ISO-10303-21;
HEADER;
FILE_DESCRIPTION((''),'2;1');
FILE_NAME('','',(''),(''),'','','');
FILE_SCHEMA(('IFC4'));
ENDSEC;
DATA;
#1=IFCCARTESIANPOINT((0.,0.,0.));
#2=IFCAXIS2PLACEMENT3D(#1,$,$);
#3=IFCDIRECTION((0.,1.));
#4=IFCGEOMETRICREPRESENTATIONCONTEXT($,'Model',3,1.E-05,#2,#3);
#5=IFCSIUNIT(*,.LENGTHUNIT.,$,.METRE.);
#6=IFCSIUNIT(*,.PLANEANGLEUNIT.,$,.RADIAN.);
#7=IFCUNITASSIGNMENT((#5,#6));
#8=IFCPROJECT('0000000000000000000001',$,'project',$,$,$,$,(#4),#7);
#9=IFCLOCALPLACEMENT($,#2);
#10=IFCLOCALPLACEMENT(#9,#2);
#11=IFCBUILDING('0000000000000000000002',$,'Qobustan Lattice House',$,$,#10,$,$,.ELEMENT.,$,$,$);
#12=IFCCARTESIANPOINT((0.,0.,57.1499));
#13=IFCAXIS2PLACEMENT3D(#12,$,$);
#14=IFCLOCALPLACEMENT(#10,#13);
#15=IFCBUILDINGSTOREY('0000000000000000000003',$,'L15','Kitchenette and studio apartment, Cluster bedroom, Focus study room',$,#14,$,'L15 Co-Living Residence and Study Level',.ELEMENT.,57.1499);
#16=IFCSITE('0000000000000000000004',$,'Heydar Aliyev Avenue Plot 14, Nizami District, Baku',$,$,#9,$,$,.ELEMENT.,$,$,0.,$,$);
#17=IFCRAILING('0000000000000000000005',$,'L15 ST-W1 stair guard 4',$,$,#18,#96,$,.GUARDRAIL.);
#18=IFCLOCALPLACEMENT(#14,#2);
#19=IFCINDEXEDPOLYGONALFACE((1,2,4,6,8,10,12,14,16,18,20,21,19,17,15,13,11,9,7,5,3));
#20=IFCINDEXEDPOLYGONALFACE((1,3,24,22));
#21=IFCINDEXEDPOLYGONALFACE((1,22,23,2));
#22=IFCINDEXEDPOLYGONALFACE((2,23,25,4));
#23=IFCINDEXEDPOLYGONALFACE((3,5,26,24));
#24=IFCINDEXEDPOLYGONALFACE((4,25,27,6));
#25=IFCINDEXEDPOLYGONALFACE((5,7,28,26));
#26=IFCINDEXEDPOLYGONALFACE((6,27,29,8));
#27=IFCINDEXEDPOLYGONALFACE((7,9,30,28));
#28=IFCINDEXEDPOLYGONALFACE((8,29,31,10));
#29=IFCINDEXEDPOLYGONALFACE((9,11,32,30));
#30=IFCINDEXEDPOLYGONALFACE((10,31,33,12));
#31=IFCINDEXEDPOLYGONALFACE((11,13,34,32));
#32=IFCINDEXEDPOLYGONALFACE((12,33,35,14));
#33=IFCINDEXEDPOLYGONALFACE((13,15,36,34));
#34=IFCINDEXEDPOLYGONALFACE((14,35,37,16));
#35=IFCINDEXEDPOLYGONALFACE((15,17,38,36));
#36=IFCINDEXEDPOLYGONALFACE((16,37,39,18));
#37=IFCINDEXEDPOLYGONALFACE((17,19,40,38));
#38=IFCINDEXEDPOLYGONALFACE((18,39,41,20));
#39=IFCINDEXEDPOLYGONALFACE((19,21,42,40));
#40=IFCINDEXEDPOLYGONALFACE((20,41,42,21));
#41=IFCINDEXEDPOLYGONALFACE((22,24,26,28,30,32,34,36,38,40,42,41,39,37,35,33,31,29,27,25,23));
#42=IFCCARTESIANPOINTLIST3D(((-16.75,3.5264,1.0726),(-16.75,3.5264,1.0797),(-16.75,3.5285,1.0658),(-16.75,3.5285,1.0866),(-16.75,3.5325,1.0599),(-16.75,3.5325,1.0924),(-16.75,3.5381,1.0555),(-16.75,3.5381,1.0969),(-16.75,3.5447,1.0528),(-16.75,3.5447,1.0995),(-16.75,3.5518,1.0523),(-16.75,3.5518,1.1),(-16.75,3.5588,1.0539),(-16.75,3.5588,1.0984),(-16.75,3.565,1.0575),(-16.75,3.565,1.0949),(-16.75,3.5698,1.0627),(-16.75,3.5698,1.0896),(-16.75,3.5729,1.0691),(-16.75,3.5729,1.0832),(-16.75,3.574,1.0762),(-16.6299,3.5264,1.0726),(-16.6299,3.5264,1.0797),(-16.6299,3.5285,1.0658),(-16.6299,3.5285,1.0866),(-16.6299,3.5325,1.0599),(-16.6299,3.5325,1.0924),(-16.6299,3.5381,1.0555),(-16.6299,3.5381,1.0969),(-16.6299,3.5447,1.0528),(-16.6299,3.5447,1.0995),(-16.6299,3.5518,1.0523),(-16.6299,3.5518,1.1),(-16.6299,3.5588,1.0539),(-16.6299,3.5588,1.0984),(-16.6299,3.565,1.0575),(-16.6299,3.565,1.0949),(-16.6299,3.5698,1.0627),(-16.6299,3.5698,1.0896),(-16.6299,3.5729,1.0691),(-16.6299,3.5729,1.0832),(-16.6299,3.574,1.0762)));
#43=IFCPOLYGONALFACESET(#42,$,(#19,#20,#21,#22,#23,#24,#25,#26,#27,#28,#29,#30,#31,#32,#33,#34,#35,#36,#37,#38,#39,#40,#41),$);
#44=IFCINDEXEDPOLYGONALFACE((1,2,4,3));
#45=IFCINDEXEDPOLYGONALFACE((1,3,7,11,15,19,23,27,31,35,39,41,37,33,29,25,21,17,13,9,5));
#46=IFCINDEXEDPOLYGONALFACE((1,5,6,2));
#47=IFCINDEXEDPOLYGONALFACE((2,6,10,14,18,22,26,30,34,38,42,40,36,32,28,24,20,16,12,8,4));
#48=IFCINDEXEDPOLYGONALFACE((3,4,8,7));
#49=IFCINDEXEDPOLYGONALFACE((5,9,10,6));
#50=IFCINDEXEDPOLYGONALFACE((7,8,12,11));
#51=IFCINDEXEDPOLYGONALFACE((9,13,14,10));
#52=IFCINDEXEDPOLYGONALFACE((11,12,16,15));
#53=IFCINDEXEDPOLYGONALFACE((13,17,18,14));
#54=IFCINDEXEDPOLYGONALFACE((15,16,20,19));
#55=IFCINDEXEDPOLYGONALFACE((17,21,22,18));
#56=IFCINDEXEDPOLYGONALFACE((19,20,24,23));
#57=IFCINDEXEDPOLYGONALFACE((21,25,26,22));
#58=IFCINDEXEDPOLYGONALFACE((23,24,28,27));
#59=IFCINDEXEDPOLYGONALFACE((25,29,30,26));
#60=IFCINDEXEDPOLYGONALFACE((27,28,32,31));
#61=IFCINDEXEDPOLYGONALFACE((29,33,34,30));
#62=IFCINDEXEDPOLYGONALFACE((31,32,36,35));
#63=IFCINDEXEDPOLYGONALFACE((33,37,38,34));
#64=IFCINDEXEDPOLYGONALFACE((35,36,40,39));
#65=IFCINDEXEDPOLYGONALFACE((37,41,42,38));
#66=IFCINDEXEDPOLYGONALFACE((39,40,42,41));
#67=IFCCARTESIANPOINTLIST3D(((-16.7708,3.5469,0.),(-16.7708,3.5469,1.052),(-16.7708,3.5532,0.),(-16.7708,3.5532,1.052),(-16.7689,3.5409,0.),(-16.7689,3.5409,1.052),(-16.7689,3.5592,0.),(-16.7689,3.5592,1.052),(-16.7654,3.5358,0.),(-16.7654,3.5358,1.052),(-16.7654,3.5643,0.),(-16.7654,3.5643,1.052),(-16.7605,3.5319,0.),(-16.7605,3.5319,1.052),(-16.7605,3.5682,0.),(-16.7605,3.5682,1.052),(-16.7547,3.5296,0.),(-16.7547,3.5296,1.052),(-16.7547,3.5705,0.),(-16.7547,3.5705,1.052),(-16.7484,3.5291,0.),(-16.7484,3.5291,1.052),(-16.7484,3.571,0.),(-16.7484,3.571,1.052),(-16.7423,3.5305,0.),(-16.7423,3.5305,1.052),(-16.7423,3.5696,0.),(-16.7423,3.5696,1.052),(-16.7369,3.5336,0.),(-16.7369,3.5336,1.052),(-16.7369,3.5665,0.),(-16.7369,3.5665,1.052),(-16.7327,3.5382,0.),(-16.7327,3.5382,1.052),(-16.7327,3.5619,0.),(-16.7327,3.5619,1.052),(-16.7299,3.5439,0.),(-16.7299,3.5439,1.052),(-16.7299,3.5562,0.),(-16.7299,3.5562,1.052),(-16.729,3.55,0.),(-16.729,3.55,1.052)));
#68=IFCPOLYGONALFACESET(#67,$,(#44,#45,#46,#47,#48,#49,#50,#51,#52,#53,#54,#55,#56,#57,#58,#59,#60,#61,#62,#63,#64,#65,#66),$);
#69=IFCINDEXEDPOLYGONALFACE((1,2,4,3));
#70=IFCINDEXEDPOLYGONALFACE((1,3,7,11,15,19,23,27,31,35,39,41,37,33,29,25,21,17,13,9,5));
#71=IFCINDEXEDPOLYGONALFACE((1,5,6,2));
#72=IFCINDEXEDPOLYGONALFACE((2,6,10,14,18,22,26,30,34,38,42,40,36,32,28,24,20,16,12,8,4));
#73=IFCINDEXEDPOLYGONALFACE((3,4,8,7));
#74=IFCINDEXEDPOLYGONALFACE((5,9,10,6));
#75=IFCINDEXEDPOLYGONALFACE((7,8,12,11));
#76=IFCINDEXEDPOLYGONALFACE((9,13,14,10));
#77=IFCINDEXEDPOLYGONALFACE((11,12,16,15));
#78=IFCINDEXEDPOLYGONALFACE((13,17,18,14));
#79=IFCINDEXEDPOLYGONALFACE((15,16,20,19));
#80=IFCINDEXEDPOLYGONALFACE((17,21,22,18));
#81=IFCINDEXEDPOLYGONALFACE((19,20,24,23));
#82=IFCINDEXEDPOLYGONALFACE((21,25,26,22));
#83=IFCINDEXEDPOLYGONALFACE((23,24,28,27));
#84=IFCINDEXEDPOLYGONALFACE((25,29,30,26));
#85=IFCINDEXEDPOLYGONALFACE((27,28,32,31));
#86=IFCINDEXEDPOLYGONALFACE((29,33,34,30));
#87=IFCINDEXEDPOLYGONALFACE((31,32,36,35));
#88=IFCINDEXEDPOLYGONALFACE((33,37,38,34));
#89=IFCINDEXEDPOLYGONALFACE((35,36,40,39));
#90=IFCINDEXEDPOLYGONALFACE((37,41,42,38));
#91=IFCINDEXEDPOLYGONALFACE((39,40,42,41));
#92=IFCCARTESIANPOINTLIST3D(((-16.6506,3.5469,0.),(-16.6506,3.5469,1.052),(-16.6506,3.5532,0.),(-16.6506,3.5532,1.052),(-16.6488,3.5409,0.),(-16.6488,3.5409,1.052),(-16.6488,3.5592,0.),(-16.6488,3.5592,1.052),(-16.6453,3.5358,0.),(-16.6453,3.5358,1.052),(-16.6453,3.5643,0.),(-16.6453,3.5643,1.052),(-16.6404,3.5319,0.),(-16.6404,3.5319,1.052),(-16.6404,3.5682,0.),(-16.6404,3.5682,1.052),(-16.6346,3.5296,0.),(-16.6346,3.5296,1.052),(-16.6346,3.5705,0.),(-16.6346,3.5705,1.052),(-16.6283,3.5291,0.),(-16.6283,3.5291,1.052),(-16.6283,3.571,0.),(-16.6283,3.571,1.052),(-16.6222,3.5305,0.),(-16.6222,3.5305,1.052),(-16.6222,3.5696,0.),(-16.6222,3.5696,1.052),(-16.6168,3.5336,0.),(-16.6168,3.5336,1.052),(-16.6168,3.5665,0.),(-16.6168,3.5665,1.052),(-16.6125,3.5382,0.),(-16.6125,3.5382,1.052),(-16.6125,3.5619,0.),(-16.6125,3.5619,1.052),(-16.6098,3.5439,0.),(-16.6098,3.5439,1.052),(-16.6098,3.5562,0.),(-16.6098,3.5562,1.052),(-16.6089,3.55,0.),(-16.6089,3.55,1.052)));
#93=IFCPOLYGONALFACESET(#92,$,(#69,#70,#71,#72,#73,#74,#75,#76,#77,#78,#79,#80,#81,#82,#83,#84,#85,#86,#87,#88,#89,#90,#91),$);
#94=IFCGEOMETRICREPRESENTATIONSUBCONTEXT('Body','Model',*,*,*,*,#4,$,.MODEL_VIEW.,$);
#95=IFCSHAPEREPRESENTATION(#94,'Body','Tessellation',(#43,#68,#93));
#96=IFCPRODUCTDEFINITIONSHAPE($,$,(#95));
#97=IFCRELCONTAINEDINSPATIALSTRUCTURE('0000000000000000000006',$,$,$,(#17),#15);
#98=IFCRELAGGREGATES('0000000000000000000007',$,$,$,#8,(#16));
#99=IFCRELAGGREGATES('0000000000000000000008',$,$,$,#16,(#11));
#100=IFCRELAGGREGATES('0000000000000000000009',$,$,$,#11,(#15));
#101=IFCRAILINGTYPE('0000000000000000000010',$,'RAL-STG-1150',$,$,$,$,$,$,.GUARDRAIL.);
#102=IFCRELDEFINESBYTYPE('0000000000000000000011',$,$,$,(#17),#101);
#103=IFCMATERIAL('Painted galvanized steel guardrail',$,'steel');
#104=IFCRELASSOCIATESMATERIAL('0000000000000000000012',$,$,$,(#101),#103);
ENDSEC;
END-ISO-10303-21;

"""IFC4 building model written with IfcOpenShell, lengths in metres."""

from ifc_helpers import new_model, si_unit, direction, frame, origin, origin_2d, place, context, subcontext, project, spatial, circle, extrude, material, type_object, element, save


model = new_model("IFC4")

# Units and contexts
model_context = context("Model", 3, precision=1e-05, world=origin(), true_north=direction((0.0, 1.0)))
body_context = subcontext(model_context, "Body", "Model", "MODEL_VIEW")
ifc_project = project(units=[si_unit("LENGTHUNIT", "METRE"), si_unit("PLANEANGLEUNIT", "RADIAN")], contexts=[model_context])

# Site, building, storey
site_placement = place(None, origin())
site = spatial("IfcSite", under=ifc_project, at=site_placement, Name="Heydar Aliyev Avenue Plot 14, Nizami District, Baku", CompositionType="ELEMENT", RefElevation=0.0)
building_placement = place(site_placement, origin())
building = spatial("IfcBuilding", under=site, at=building_placement, Name="Qobustan Lattice House", CompositionType="ELEMENT")
storey_placement = place(building_placement, frame((0.0, 0.0, 57.1499)))
storey = spatial("IfcBuildingStorey", under=building, at=storey_placement, Name="L15", Description="Kitchenette and studio apartment, Cluster bedroom, Focus study room", LongName="L15 Co-Living Residence and Study Level", CompositionType="ELEMENT", Elevation=57.1499)

# Railing
ifc_material_1 = material(Name="Painted galvanized steel guardrail", Category="steel")
railing_type_1 = type_object("IfcRailingType", Name="RAL-STG-1150", PredefinedType="GUARDRAIL", material=ifc_material_1)
railing_1_placement = place(storey_placement, frame((-16.75, 3.55, 0.0)))
element("IfcRailing", 1, at=railing_1_placement, inside=storey, type_object=railing_type_1, Name="L15 ST-W1 stair guard 4", PredefinedType="GUARDRAIL", context=body_context, shape_type="SweptSolid", body=[
    extrude(circle(Radius=0.0239, at=origin_2d()), frame((0.0, 0.0, 1.0762), z_axis=(1.0, 0.0, 0.0), x_axis=(0.0, 1.0, 0.0)), (0.0, 0.0, 1.0), 0.1201),
    extrude(circle(Radius=0.021, at=origin_2d()), origin(), (0.0, 0.0, 1.0), 1.052),
    extrude(circle(Radius=0.021, at=origin_2d()), frame((0.1201, 0.0, 0.0)), (0.0, 0.0, 1.0), 1.052),
])

save(model, "model.ifc")
